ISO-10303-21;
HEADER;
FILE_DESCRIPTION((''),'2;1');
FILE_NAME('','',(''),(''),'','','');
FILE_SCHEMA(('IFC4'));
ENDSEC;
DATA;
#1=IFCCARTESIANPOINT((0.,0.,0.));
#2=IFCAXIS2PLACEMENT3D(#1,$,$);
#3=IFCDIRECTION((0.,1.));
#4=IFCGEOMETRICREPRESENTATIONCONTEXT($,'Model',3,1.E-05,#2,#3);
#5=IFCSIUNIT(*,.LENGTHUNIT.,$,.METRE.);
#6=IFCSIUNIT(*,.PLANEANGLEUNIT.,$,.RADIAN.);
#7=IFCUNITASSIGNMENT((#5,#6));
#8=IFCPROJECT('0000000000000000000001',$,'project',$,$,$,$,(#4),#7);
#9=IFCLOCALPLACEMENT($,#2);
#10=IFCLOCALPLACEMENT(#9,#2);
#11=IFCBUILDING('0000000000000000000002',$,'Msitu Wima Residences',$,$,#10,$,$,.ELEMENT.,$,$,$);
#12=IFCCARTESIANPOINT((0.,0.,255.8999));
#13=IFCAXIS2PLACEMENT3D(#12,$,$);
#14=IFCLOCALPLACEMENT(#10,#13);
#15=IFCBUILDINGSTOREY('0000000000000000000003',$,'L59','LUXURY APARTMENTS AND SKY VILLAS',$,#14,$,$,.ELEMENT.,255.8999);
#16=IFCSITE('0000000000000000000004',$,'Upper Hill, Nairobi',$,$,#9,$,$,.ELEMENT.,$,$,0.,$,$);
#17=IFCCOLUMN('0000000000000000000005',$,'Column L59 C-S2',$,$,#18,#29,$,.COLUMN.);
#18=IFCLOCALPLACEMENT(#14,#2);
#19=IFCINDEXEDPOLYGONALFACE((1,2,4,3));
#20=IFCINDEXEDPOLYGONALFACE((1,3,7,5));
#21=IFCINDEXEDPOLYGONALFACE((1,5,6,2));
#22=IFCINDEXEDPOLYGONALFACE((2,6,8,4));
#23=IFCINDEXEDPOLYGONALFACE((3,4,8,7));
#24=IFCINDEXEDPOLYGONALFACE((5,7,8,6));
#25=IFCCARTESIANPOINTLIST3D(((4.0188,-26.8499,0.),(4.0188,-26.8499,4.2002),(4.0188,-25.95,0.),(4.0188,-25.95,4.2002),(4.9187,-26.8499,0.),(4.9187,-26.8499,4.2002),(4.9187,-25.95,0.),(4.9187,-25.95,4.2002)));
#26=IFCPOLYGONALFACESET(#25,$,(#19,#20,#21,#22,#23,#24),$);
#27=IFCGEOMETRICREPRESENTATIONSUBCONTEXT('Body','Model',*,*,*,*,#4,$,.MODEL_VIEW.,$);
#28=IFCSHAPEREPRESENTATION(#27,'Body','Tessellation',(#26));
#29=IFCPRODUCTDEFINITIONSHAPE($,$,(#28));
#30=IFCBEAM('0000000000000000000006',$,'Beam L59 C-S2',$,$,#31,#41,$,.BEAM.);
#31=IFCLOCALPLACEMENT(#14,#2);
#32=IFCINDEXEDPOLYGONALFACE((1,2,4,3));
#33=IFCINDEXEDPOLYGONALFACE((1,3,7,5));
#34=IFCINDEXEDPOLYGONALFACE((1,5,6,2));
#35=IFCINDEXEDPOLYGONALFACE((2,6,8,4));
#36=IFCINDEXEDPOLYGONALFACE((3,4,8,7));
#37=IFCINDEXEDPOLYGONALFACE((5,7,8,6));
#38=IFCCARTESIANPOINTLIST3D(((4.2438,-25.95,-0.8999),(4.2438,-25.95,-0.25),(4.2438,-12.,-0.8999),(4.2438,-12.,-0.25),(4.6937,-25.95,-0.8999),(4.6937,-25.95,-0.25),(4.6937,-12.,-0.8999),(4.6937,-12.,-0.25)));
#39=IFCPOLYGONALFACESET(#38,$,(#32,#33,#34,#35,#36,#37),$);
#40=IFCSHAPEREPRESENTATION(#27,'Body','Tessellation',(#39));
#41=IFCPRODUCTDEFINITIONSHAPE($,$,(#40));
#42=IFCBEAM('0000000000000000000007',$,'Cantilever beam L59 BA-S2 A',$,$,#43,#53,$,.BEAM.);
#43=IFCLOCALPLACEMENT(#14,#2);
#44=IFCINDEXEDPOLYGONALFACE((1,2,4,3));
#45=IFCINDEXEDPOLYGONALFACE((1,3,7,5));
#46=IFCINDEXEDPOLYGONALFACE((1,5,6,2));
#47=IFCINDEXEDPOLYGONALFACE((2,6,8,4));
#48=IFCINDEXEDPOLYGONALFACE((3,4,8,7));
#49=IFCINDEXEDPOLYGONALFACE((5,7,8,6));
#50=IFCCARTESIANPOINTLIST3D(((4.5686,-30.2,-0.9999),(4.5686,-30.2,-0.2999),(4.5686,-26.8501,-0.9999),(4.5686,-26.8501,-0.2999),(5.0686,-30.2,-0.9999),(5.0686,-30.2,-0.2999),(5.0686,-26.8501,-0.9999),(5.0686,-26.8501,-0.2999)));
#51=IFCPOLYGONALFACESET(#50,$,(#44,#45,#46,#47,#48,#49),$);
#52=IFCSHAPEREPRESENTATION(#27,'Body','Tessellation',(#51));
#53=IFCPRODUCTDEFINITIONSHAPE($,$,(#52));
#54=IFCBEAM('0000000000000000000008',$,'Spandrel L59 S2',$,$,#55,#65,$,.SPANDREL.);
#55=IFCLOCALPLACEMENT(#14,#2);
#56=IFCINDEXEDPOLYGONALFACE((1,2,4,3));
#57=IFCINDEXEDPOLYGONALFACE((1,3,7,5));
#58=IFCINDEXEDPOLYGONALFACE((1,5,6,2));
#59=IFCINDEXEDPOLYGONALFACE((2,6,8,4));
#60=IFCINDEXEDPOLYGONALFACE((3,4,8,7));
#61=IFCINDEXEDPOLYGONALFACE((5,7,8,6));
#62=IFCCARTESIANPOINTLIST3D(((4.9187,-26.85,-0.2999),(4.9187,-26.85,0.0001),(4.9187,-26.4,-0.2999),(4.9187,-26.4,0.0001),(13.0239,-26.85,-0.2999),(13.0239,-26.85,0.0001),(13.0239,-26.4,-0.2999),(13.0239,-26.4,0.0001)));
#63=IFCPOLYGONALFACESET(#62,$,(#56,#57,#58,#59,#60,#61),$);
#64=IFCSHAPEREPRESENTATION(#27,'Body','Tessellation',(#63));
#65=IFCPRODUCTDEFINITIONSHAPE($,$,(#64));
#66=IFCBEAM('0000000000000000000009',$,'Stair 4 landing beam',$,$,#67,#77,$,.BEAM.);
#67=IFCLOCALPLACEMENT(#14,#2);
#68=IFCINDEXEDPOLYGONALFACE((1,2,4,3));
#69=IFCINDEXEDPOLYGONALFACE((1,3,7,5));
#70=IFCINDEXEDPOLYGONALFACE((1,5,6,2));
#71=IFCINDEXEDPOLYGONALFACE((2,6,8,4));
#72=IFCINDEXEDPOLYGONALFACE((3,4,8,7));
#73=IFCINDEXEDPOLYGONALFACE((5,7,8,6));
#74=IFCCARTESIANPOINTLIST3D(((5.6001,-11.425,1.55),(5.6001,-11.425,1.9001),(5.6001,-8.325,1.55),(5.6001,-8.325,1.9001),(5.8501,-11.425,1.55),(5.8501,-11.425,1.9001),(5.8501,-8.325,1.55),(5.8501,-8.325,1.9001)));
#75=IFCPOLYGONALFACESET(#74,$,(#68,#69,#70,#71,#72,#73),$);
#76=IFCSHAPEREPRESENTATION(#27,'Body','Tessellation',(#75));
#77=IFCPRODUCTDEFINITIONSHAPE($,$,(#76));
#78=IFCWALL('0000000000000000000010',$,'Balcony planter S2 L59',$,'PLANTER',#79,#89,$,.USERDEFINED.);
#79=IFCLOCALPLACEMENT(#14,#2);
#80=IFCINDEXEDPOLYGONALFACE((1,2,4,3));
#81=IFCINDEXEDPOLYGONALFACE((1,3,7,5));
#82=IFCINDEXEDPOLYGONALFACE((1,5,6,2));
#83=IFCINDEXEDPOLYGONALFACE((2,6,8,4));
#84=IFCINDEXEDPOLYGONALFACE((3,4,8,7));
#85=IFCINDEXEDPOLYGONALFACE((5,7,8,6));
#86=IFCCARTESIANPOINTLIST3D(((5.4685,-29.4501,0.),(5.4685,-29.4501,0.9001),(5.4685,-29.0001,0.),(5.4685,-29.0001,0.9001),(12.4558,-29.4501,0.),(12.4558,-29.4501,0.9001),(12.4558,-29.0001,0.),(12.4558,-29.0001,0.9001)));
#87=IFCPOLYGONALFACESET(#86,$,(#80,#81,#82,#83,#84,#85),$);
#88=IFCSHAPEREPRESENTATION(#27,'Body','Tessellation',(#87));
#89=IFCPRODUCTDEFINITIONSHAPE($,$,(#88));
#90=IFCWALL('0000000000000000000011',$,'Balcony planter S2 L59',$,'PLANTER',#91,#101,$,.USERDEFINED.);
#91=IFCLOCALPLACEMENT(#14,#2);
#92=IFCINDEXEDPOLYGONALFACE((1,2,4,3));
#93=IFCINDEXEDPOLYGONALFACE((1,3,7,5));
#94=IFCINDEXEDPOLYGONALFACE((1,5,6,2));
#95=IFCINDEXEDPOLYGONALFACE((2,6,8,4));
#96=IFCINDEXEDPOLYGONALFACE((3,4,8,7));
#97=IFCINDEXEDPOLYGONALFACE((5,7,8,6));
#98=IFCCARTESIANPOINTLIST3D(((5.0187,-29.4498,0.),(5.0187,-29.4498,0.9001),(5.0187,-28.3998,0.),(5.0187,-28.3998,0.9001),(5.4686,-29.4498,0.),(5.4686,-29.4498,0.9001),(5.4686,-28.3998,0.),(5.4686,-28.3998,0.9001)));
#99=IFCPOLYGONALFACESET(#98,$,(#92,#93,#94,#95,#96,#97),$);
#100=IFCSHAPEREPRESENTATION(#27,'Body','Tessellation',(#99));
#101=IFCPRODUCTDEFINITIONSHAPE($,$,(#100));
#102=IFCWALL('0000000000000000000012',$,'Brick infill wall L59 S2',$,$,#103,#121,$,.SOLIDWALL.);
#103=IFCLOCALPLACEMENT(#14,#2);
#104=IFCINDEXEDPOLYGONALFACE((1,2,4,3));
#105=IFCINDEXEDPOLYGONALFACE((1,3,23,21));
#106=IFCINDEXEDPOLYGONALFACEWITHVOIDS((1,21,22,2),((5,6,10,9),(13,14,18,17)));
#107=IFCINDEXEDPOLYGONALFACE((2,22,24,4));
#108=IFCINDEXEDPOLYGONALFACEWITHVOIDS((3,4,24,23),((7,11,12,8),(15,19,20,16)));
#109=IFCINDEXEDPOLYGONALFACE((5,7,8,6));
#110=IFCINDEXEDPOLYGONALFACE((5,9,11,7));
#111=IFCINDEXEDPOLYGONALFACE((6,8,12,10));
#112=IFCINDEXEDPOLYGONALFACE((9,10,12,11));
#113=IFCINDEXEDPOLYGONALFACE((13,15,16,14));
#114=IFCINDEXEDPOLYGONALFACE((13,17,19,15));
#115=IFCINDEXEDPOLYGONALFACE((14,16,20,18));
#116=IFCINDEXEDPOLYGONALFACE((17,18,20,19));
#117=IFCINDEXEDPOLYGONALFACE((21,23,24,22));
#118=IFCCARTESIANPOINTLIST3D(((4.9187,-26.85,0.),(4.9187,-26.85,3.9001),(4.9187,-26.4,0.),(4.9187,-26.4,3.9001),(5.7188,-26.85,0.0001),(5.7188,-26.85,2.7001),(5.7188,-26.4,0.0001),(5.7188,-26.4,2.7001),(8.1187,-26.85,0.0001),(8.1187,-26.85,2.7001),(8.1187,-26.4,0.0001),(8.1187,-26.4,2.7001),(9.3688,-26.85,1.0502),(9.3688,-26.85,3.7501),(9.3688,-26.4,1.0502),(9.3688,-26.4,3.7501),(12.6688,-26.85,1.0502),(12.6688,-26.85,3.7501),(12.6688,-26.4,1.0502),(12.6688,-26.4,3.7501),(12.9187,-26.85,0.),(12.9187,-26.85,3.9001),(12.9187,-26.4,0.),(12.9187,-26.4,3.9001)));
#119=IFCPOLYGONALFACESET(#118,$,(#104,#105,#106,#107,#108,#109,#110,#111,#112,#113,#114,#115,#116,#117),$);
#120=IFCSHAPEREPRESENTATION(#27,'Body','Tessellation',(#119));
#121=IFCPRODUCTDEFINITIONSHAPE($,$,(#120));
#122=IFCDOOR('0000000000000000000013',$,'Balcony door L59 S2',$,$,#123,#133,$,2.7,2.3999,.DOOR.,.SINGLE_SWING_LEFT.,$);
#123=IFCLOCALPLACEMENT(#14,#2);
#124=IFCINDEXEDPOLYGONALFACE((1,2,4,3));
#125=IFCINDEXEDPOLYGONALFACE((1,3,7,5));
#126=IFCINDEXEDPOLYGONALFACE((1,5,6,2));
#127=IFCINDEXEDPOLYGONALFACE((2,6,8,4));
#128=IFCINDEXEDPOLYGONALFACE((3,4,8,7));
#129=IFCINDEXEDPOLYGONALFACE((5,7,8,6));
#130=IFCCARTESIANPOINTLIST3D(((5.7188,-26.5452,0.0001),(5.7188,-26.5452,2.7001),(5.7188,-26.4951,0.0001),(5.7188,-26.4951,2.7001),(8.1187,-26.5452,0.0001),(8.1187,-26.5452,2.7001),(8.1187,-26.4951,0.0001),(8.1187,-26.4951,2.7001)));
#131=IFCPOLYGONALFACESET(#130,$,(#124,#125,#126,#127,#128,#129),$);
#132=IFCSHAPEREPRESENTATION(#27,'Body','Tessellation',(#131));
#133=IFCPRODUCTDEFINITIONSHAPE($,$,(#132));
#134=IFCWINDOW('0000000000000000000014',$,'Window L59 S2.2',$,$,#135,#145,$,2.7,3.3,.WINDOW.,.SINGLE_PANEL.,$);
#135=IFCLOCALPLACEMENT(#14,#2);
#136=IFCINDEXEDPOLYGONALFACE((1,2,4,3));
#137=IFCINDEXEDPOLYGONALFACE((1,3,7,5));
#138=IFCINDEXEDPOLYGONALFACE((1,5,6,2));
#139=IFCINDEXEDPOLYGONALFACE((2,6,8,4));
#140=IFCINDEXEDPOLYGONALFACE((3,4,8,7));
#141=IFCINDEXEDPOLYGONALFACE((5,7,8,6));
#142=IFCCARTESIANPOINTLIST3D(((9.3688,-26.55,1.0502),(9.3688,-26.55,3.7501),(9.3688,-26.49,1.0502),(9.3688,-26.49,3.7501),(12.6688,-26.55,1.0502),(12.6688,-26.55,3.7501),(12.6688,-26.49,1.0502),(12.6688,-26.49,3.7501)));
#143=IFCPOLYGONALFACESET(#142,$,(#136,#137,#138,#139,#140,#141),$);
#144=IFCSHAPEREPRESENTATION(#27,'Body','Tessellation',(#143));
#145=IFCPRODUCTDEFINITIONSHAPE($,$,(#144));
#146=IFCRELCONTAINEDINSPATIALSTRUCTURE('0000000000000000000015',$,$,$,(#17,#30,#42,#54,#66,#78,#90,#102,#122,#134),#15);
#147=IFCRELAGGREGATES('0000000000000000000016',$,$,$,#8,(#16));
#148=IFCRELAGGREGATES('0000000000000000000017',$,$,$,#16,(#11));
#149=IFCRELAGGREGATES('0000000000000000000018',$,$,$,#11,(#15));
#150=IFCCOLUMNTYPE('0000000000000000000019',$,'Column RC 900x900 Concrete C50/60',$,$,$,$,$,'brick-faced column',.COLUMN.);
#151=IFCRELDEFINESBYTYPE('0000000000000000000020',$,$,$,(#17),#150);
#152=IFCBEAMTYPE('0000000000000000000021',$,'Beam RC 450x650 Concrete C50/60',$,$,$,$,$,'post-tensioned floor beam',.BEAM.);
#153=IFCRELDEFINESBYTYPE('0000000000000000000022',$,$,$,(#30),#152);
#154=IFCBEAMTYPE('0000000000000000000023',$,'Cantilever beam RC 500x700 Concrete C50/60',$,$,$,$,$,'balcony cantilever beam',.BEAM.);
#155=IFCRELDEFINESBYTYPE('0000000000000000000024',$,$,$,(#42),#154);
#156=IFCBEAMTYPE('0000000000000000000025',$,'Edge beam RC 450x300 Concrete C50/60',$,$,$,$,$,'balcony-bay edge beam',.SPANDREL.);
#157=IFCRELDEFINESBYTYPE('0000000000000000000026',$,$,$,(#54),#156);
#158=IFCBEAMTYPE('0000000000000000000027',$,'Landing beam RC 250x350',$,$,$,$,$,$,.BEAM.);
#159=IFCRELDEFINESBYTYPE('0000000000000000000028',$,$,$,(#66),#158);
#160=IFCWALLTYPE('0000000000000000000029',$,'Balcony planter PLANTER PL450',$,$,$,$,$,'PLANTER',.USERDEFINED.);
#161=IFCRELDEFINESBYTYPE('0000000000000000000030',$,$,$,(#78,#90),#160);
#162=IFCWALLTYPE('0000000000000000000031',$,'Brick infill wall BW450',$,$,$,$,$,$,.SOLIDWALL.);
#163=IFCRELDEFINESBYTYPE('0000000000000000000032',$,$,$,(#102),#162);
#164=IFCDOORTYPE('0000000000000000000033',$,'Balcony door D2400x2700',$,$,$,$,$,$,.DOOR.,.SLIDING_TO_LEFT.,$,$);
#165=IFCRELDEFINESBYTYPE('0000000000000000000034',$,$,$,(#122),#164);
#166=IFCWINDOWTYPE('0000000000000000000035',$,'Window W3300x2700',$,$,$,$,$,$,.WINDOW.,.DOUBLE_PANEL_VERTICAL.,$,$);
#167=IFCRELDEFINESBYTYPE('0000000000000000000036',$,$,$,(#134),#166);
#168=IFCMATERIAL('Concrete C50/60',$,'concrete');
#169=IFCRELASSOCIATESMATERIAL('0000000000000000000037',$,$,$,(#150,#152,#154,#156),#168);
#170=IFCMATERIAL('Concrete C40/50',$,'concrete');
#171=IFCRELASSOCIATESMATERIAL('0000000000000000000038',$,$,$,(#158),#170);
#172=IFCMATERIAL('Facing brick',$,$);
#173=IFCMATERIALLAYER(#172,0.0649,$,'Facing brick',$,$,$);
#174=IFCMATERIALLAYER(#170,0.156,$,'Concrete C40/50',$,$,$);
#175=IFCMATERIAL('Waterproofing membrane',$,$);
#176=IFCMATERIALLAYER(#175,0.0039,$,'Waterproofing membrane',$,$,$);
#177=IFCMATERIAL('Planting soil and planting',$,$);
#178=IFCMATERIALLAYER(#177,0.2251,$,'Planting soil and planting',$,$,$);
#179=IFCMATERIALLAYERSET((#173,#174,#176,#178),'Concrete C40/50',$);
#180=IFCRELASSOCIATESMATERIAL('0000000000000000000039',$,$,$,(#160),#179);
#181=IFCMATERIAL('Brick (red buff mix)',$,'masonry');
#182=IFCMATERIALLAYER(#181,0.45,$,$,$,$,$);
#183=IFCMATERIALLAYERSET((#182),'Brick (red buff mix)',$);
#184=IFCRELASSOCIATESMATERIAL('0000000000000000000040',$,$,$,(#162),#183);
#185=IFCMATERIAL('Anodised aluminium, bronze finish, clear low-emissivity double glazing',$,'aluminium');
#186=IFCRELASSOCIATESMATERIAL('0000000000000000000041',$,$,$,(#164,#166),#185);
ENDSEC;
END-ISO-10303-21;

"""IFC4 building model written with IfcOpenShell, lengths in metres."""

from ifc_helpers import new_model, si_unit, direction, frame, frame_2d, origin, origin_2d, place, context, subcontext, project, spatial, rectangle, extrude, material, layer, layer_set, material_profile, profile_set, type_object, element, fill, save


model = new_model("IFC4")

# Units and contexts
model_context = context("Model", 3, precision=1e-05, world=origin(), true_north=direction((0.0, 1.0)))
body_context = subcontext(model_context, "Body", "Model", "MODEL_VIEW")
ifc_project = project(units=[si_unit("LENGTHUNIT", "METRE"), si_unit("PLANEANGLEUNIT", "RADIAN")], contexts=[model_context])

# Site, building, storey
site_placement = place(None, origin())
site = spatial("IfcSite", under=ifc_project, at=site_placement, Name="Upper Hill, Nairobi", CompositionType="ELEMENT", RefElevation=0.0)
building_placement = place(site_placement, origin())
building = spatial("IfcBuilding", under=site, at=building_placement, Name="Msitu Wima Residences", CompositionType="ELEMENT")
storey_placement = place(building_placement, frame((0.0, 0.0, 255.8999)))
storey = spatial("IfcBuildingStorey", under=building, at=storey_placement, Name="L59", Description="LUXURY APARTMENTS AND SKY VILLAS", CompositionType="ELEMENT", Elevation=255.8999)

# Column
ifc_material_1 = material(Name="Concrete C50/60", Category="concrete")
ifc_material_profile_1 = material_profile(ifc_material_1, rectangle(XDim=0.8999, YDim=0.8999, at=origin_2d()), Name="RC 900x900")
ifc_profile_set_1 = profile_set([ifc_material_profile_1], Name="Concrete C50/60")
column_type = type_object("IfcColumnType", Name="Column RC 900x900 Concrete C50/60", ElementType="brick-faced column", PredefinedType="COLUMN", material=ifc_profile_set_1)
column_placement = place(storey_placement, frame((4.4688, -26.3999, 0.0), z_axis=(0.0, 0.0, 1.0), x_axis=(1.0, 0.0, 0.0)))
element("IfcColumn", 1, at=column_placement, inside=storey, type_object=column_type, Name="Column L59 C-S2", PredefinedType="COLUMN", context=body_context, shape_type="SweptSolid", body=[
    extrude(rectangle(XDim=0.8999, YDim=0.8999, at=origin_2d()), origin(), (0.0, 0.0, 1.0), 4.2002),
])

# Beams
ifc_material_profile_2 = material_profile(ifc_material_1, rectangle(XDim=0.45, YDim=0.6499, at=origin_2d()), Name="RC 450x650")
ifc_profile_set_2 = profile_set([ifc_material_profile_2], Name="Concrete C50/60")
beam_type_1 = type_object("IfcBeamType", Name="Beam RC 450x650 Concrete C50/60", ElementType="post-tensioned floor beam", PredefinedType="BEAM", material=ifc_profile_set_2)
beam_1_placement = place(storey_placement, frame((4.4688, -25.95, -0.575), z_axis=(0.0, 1.0, 0.0), x_axis=(-1.0, 0.0, 0.0)))
element("IfcBeam", 2, at=beam_1_placement, inside=storey, type_object=beam_type_1, Name="Beam L59 C-S2", PredefinedType="BEAM", context=body_context, shape_type="SweptSolid", body=[
    extrude(rectangle(XDim=0.45, YDim=0.6499, at=origin_2d()), origin(), (0.0, 0.0, 1.0), 13.95),
])
ifc_material_profile_3 = material_profile(ifc_material_1, rectangle(XDim=0.5, YDim=0.7, at=origin_2d()), Name="RC 500x700")
ifc_profile_set_3 = profile_set([ifc_material_profile_3], Name="Concrete C50/60")
beam_type_2 = type_object("IfcBeamType", Name="Cantilever beam RC 500x700 Concrete C50/60", ElementType="balcony cantilever beam", PredefinedType="BEAM", material=ifc_profile_set_3)
beam_2_placement = place(storey_placement, frame((4.8186, -26.8501, -0.6499), z_axis=(0.0, -1.0, 0.0), x_axis=(1.0, 0.0, 0.0)))
element("IfcBeam", 3, at=beam_2_placement, inside=storey, type_object=beam_type_2, Name="Cantilever beam L59 BA-S2 A", PredefinedType="BEAM", context=body_context, shape_type="SweptSolid", body=[
    extrude(rectangle(XDim=0.5, YDim=0.7, at=origin_2d()), origin(), (0.0, 0.0, 1.0), 3.3499),
])
ifc_material_profile_4 = material_profile(ifc_material_1, rectangle(XDim=0.45, YDim=0.3, at=origin_2d()), Name="RC 450x300")
ifc_profile_set_4 = profile_set([ifc_material_profile_4], Name="Concrete C50/60")
beam_type_3 = type_object("IfcBeamType", Name="Edge beam RC 450x300 Concrete C50/60", ElementType="balcony-bay edge beam", PredefinedType="SPANDREL", material=ifc_profile_set_4)
beam_3_placement = place(storey_placement, frame((4.9187, -26.625, -0.1499), z_axis=(1.0, 0.0, 0.0), x_axis=(0.0, 1.0, 0.0)))
element("IfcBeam", 4, at=beam_3_placement, inside=storey, type_object=beam_type_3, Name="Spandrel L59 S2", PredefinedType="SPANDREL", context=body_context, shape_type="SweptSolid", body=[
    extrude(rectangle(XDim=0.45, YDim=0.3, at=origin_2d()), origin(), (0.0, 0.0, 1.0), 8.1052),
])
ifc_material_2 = material(Name="Concrete C40/50", Category="concrete")
ifc_material_profile_5 = material_profile(ifc_material_2, rectangle(XDim=0.25, YDim=0.3501, at=origin_2d()), Name="RC 250x350")
ifc_profile_set_5 = profile_set([ifc_material_profile_5], Name="Concrete C40/50")
beam_type_4 = type_object("IfcBeamType", Name="Landing beam RC 250x350", PredefinedType="BEAM", material=ifc_profile_set_5)
beam_4_placement = place(storey_placement, frame((5.7251, -11.425, 1.7251), z_axis=(0.0, 1.0, 0.0), x_axis=(-1.0, 0.0, 0.0)))
element("IfcBeam", 5, at=beam_4_placement, inside=storey, type_object=beam_type_4, Name="Stair 4 landing beam", PredefinedType="BEAM", context=body_context, shape_type="SweptSolid", body=[
    extrude(rectangle(XDim=0.25, YDim=0.3501, at=origin_2d()), origin(), (0.0, 0.0, 1.0), 3.1001),
])

# Walls
ifc_material_3 = material(Name="Facing brick")
ifc_layer_1 = layer(ifc_material_3, 0.0649, Name="Facing brick")
ifc_layer_2 = layer(ifc_material_2, 0.156, Name="Concrete C40/50")
ifc_material_4 = material(Name="Waterproofing membrane")
ifc_layer_3 = layer(ifc_material_4, 0.0039, Name="Waterproofing membrane")
ifc_material_5 = material(Name="Planting soil and planting")
ifc_layer_4 = layer(ifc_material_5, 0.2251, Name="Planting soil and planting")
ifc_layer_set_1 = layer_set([ifc_layer_1, ifc_layer_2, ifc_layer_3, ifc_layer_4], Name="Concrete C40/50")
wall_type_1 = type_object("IfcWallType", Name="Balcony planter PLANTER PL450", ElementType="PLANTER", PredefinedType="USERDEFINED", material=ifc_layer_set_1)
wall_1_placement = place(storey_placement, frame((5.4685, -29.2251, 0.0), z_axis=(0.0, 0.0, 1.0), x_axis=(1.0, 0.0, 0.0)))
element("IfcWall", 6, at=wall_1_placement, inside=storey, type_object=wall_type_1, Name="Balcony planter S2 L59", ObjectType="PLANTER", PredefinedType="USERDEFINED", context=body_context, shape_type="SweptSolid", body=[
    extrude(rectangle(XDim=6.9873, YDim=0.45, at=frame_2d((3.4937, 0.0))), origin(), (0.0, 0.0, 1.0), 0.9001),
])
wall_2_placement = place(storey_placement, frame((5.2437, -28.3999, 0.0), z_axis=(0.0, 0.0, 1.0), x_axis=(0.0, -1.0, 0.0)))
element("IfcWall", 7, at=wall_2_placement, inside=storey, type_object=wall_type_1, Name="Balcony planter S2 L59", ObjectType="PLANTER", PredefinedType="USERDEFINED", context=body_context, shape_type="SweptSolid", body=[
    extrude(rectangle(XDim=1.05, YDim=0.45, at=frame_2d((0.5249, 0.0))), origin(), (0.0, 0.0, 1.0), 0.9001),
])

# Wall, openings, door, window
ifc_material_6 = material(Name="Brick (red buff mix)", Category="masonry")
ifc_layer_5 = layer(ifc_material_6, 0.45)
ifc_layer_set_2 = layer_set([ifc_layer_5], Name="Brick (red buff mix)")
wall_type_2 = type_object("IfcWallType", Name="Brick infill wall BW450", PredefinedType="SOLIDWALL", material=ifc_layer_set_2)
wall_3_placement = place(storey_placement, frame((4.9187, -26.625, 0.0), z_axis=(0.0, 0.0, 1.0), x_axis=(1.0, 0.0, 0.0)))
wall_3 = element("IfcWall", 8, at=wall_3_placement, inside=storey, type_object=wall_type_2, Name="Brick infill wall L59 S2", PredefinedType="SOLIDWALL", context=body_context, shape_type="SweptSolid", body=[
    extrude(rectangle(XDim=8.0, YDim=0.45, at=frame_2d((4.0, 0.0))), origin(), (0.0, 0.0, 1.0), 3.9001),
])
opening_1_placement = place(wall_3_placement, frame((0.8, 0.0, 0.0)))
opening_1 = element("IfcOpeningElement", 9, at=opening_1_placement, cuts=wall_3, PredefinedType="OPENING", context=body_context, shape_type="SweptSolid", body=[
    extrude(rectangle(XDim=2.3999, YDim=2.7, at=frame_2d((1.2, 1.3501))), frame((0.0, 0.2349, 0.0), z_axis=(0.0, -1.0, 0.0), x_axis=(1.0, 0.0, 0.0)), (0.0, 0.0, 1.0), 0.47),
])
opening_2_placement = place(wall_3_placement, frame((4.4502, 0.0, 1.05)))
opening_2 = element("IfcOpeningElement", 10, at=opening_2_placement, cuts=wall_3, PredefinedType="OPENING", context=body_context, shape_type="SweptSolid", body=[
    extrude(rectangle(XDim=3.3, YDim=2.7, at=frame_2d((1.6499, 1.3501))), frame((0.0, 0.2349, 0.0), z_axis=(0.0, -1.0, 0.0), x_axis=(1.0, 0.0, 0.0)), (0.0, 0.0, 1.0), 0.47),
])
ifc_material_7 = material(Name="Anodised aluminium, bronze finish, clear low-emissivity double glazing", Category="aluminium")
door_type_1 = type_object("IfcDoorType", Name="Balcony door D2400x2700", OperationType="SLIDING_TO_LEFT", PredefinedType="DOOR", material=ifc_material_7)
door_1_placement = place(opening_1_placement, origin())
door_1 = element("IfcDoor", 11, at=door_1_placement, inside=storey, type_object=door_type_1, Name="Balcony door L59 S2", OperationType="SINGLE_SWING_LEFT", OverallHeight=2.7, OverallWidth=2.3999, PredefinedType="DOOR", context=body_context, shape_type="SweptSolid", body=[
    extrude(rectangle(XDim=2.3999, YDim=2.7, at=frame_2d((1.2, 1.3501))), frame((0.0, 0.1299, 0.0), z_axis=(0.0, -1.0, 0.0), x_axis=(1.0, 0.0, 0.0)), (0.0, 0.0, 1.0), 0.05),
])
fill(opening_1, door_1)
window_type = type_object("IfcWindowType", Name="Window W3300x2700", PartitioningType="DOUBLE_PANEL_VERTICAL", PredefinedType="WINDOW", material=ifc_material_7)
window_placement = place(opening_2_placement, origin())
window = element("IfcWindow", 12, at=window_placement, inside=storey, type_object=window_type, Name="Window L59 S2.2", OverallHeight=2.7, OverallWidth=3.3, PartitioningType="SINGLE_PANEL", PredefinedType="WINDOW", context=body_context, shape_type="SweptSolid", body=[
    extrude(rectangle(XDim=3.3, YDim=2.7, at=frame_2d((1.6499, 1.3501))), frame((0.0, 0.135, 0.0), z_axis=(0.0, -1.0, 0.0), x_axis=(1.0, 0.0, 0.0)), (0.0, 0.0, 1.0), 0.0601),
])
fill(opening_2, window)

save(model, "model.ifc")
